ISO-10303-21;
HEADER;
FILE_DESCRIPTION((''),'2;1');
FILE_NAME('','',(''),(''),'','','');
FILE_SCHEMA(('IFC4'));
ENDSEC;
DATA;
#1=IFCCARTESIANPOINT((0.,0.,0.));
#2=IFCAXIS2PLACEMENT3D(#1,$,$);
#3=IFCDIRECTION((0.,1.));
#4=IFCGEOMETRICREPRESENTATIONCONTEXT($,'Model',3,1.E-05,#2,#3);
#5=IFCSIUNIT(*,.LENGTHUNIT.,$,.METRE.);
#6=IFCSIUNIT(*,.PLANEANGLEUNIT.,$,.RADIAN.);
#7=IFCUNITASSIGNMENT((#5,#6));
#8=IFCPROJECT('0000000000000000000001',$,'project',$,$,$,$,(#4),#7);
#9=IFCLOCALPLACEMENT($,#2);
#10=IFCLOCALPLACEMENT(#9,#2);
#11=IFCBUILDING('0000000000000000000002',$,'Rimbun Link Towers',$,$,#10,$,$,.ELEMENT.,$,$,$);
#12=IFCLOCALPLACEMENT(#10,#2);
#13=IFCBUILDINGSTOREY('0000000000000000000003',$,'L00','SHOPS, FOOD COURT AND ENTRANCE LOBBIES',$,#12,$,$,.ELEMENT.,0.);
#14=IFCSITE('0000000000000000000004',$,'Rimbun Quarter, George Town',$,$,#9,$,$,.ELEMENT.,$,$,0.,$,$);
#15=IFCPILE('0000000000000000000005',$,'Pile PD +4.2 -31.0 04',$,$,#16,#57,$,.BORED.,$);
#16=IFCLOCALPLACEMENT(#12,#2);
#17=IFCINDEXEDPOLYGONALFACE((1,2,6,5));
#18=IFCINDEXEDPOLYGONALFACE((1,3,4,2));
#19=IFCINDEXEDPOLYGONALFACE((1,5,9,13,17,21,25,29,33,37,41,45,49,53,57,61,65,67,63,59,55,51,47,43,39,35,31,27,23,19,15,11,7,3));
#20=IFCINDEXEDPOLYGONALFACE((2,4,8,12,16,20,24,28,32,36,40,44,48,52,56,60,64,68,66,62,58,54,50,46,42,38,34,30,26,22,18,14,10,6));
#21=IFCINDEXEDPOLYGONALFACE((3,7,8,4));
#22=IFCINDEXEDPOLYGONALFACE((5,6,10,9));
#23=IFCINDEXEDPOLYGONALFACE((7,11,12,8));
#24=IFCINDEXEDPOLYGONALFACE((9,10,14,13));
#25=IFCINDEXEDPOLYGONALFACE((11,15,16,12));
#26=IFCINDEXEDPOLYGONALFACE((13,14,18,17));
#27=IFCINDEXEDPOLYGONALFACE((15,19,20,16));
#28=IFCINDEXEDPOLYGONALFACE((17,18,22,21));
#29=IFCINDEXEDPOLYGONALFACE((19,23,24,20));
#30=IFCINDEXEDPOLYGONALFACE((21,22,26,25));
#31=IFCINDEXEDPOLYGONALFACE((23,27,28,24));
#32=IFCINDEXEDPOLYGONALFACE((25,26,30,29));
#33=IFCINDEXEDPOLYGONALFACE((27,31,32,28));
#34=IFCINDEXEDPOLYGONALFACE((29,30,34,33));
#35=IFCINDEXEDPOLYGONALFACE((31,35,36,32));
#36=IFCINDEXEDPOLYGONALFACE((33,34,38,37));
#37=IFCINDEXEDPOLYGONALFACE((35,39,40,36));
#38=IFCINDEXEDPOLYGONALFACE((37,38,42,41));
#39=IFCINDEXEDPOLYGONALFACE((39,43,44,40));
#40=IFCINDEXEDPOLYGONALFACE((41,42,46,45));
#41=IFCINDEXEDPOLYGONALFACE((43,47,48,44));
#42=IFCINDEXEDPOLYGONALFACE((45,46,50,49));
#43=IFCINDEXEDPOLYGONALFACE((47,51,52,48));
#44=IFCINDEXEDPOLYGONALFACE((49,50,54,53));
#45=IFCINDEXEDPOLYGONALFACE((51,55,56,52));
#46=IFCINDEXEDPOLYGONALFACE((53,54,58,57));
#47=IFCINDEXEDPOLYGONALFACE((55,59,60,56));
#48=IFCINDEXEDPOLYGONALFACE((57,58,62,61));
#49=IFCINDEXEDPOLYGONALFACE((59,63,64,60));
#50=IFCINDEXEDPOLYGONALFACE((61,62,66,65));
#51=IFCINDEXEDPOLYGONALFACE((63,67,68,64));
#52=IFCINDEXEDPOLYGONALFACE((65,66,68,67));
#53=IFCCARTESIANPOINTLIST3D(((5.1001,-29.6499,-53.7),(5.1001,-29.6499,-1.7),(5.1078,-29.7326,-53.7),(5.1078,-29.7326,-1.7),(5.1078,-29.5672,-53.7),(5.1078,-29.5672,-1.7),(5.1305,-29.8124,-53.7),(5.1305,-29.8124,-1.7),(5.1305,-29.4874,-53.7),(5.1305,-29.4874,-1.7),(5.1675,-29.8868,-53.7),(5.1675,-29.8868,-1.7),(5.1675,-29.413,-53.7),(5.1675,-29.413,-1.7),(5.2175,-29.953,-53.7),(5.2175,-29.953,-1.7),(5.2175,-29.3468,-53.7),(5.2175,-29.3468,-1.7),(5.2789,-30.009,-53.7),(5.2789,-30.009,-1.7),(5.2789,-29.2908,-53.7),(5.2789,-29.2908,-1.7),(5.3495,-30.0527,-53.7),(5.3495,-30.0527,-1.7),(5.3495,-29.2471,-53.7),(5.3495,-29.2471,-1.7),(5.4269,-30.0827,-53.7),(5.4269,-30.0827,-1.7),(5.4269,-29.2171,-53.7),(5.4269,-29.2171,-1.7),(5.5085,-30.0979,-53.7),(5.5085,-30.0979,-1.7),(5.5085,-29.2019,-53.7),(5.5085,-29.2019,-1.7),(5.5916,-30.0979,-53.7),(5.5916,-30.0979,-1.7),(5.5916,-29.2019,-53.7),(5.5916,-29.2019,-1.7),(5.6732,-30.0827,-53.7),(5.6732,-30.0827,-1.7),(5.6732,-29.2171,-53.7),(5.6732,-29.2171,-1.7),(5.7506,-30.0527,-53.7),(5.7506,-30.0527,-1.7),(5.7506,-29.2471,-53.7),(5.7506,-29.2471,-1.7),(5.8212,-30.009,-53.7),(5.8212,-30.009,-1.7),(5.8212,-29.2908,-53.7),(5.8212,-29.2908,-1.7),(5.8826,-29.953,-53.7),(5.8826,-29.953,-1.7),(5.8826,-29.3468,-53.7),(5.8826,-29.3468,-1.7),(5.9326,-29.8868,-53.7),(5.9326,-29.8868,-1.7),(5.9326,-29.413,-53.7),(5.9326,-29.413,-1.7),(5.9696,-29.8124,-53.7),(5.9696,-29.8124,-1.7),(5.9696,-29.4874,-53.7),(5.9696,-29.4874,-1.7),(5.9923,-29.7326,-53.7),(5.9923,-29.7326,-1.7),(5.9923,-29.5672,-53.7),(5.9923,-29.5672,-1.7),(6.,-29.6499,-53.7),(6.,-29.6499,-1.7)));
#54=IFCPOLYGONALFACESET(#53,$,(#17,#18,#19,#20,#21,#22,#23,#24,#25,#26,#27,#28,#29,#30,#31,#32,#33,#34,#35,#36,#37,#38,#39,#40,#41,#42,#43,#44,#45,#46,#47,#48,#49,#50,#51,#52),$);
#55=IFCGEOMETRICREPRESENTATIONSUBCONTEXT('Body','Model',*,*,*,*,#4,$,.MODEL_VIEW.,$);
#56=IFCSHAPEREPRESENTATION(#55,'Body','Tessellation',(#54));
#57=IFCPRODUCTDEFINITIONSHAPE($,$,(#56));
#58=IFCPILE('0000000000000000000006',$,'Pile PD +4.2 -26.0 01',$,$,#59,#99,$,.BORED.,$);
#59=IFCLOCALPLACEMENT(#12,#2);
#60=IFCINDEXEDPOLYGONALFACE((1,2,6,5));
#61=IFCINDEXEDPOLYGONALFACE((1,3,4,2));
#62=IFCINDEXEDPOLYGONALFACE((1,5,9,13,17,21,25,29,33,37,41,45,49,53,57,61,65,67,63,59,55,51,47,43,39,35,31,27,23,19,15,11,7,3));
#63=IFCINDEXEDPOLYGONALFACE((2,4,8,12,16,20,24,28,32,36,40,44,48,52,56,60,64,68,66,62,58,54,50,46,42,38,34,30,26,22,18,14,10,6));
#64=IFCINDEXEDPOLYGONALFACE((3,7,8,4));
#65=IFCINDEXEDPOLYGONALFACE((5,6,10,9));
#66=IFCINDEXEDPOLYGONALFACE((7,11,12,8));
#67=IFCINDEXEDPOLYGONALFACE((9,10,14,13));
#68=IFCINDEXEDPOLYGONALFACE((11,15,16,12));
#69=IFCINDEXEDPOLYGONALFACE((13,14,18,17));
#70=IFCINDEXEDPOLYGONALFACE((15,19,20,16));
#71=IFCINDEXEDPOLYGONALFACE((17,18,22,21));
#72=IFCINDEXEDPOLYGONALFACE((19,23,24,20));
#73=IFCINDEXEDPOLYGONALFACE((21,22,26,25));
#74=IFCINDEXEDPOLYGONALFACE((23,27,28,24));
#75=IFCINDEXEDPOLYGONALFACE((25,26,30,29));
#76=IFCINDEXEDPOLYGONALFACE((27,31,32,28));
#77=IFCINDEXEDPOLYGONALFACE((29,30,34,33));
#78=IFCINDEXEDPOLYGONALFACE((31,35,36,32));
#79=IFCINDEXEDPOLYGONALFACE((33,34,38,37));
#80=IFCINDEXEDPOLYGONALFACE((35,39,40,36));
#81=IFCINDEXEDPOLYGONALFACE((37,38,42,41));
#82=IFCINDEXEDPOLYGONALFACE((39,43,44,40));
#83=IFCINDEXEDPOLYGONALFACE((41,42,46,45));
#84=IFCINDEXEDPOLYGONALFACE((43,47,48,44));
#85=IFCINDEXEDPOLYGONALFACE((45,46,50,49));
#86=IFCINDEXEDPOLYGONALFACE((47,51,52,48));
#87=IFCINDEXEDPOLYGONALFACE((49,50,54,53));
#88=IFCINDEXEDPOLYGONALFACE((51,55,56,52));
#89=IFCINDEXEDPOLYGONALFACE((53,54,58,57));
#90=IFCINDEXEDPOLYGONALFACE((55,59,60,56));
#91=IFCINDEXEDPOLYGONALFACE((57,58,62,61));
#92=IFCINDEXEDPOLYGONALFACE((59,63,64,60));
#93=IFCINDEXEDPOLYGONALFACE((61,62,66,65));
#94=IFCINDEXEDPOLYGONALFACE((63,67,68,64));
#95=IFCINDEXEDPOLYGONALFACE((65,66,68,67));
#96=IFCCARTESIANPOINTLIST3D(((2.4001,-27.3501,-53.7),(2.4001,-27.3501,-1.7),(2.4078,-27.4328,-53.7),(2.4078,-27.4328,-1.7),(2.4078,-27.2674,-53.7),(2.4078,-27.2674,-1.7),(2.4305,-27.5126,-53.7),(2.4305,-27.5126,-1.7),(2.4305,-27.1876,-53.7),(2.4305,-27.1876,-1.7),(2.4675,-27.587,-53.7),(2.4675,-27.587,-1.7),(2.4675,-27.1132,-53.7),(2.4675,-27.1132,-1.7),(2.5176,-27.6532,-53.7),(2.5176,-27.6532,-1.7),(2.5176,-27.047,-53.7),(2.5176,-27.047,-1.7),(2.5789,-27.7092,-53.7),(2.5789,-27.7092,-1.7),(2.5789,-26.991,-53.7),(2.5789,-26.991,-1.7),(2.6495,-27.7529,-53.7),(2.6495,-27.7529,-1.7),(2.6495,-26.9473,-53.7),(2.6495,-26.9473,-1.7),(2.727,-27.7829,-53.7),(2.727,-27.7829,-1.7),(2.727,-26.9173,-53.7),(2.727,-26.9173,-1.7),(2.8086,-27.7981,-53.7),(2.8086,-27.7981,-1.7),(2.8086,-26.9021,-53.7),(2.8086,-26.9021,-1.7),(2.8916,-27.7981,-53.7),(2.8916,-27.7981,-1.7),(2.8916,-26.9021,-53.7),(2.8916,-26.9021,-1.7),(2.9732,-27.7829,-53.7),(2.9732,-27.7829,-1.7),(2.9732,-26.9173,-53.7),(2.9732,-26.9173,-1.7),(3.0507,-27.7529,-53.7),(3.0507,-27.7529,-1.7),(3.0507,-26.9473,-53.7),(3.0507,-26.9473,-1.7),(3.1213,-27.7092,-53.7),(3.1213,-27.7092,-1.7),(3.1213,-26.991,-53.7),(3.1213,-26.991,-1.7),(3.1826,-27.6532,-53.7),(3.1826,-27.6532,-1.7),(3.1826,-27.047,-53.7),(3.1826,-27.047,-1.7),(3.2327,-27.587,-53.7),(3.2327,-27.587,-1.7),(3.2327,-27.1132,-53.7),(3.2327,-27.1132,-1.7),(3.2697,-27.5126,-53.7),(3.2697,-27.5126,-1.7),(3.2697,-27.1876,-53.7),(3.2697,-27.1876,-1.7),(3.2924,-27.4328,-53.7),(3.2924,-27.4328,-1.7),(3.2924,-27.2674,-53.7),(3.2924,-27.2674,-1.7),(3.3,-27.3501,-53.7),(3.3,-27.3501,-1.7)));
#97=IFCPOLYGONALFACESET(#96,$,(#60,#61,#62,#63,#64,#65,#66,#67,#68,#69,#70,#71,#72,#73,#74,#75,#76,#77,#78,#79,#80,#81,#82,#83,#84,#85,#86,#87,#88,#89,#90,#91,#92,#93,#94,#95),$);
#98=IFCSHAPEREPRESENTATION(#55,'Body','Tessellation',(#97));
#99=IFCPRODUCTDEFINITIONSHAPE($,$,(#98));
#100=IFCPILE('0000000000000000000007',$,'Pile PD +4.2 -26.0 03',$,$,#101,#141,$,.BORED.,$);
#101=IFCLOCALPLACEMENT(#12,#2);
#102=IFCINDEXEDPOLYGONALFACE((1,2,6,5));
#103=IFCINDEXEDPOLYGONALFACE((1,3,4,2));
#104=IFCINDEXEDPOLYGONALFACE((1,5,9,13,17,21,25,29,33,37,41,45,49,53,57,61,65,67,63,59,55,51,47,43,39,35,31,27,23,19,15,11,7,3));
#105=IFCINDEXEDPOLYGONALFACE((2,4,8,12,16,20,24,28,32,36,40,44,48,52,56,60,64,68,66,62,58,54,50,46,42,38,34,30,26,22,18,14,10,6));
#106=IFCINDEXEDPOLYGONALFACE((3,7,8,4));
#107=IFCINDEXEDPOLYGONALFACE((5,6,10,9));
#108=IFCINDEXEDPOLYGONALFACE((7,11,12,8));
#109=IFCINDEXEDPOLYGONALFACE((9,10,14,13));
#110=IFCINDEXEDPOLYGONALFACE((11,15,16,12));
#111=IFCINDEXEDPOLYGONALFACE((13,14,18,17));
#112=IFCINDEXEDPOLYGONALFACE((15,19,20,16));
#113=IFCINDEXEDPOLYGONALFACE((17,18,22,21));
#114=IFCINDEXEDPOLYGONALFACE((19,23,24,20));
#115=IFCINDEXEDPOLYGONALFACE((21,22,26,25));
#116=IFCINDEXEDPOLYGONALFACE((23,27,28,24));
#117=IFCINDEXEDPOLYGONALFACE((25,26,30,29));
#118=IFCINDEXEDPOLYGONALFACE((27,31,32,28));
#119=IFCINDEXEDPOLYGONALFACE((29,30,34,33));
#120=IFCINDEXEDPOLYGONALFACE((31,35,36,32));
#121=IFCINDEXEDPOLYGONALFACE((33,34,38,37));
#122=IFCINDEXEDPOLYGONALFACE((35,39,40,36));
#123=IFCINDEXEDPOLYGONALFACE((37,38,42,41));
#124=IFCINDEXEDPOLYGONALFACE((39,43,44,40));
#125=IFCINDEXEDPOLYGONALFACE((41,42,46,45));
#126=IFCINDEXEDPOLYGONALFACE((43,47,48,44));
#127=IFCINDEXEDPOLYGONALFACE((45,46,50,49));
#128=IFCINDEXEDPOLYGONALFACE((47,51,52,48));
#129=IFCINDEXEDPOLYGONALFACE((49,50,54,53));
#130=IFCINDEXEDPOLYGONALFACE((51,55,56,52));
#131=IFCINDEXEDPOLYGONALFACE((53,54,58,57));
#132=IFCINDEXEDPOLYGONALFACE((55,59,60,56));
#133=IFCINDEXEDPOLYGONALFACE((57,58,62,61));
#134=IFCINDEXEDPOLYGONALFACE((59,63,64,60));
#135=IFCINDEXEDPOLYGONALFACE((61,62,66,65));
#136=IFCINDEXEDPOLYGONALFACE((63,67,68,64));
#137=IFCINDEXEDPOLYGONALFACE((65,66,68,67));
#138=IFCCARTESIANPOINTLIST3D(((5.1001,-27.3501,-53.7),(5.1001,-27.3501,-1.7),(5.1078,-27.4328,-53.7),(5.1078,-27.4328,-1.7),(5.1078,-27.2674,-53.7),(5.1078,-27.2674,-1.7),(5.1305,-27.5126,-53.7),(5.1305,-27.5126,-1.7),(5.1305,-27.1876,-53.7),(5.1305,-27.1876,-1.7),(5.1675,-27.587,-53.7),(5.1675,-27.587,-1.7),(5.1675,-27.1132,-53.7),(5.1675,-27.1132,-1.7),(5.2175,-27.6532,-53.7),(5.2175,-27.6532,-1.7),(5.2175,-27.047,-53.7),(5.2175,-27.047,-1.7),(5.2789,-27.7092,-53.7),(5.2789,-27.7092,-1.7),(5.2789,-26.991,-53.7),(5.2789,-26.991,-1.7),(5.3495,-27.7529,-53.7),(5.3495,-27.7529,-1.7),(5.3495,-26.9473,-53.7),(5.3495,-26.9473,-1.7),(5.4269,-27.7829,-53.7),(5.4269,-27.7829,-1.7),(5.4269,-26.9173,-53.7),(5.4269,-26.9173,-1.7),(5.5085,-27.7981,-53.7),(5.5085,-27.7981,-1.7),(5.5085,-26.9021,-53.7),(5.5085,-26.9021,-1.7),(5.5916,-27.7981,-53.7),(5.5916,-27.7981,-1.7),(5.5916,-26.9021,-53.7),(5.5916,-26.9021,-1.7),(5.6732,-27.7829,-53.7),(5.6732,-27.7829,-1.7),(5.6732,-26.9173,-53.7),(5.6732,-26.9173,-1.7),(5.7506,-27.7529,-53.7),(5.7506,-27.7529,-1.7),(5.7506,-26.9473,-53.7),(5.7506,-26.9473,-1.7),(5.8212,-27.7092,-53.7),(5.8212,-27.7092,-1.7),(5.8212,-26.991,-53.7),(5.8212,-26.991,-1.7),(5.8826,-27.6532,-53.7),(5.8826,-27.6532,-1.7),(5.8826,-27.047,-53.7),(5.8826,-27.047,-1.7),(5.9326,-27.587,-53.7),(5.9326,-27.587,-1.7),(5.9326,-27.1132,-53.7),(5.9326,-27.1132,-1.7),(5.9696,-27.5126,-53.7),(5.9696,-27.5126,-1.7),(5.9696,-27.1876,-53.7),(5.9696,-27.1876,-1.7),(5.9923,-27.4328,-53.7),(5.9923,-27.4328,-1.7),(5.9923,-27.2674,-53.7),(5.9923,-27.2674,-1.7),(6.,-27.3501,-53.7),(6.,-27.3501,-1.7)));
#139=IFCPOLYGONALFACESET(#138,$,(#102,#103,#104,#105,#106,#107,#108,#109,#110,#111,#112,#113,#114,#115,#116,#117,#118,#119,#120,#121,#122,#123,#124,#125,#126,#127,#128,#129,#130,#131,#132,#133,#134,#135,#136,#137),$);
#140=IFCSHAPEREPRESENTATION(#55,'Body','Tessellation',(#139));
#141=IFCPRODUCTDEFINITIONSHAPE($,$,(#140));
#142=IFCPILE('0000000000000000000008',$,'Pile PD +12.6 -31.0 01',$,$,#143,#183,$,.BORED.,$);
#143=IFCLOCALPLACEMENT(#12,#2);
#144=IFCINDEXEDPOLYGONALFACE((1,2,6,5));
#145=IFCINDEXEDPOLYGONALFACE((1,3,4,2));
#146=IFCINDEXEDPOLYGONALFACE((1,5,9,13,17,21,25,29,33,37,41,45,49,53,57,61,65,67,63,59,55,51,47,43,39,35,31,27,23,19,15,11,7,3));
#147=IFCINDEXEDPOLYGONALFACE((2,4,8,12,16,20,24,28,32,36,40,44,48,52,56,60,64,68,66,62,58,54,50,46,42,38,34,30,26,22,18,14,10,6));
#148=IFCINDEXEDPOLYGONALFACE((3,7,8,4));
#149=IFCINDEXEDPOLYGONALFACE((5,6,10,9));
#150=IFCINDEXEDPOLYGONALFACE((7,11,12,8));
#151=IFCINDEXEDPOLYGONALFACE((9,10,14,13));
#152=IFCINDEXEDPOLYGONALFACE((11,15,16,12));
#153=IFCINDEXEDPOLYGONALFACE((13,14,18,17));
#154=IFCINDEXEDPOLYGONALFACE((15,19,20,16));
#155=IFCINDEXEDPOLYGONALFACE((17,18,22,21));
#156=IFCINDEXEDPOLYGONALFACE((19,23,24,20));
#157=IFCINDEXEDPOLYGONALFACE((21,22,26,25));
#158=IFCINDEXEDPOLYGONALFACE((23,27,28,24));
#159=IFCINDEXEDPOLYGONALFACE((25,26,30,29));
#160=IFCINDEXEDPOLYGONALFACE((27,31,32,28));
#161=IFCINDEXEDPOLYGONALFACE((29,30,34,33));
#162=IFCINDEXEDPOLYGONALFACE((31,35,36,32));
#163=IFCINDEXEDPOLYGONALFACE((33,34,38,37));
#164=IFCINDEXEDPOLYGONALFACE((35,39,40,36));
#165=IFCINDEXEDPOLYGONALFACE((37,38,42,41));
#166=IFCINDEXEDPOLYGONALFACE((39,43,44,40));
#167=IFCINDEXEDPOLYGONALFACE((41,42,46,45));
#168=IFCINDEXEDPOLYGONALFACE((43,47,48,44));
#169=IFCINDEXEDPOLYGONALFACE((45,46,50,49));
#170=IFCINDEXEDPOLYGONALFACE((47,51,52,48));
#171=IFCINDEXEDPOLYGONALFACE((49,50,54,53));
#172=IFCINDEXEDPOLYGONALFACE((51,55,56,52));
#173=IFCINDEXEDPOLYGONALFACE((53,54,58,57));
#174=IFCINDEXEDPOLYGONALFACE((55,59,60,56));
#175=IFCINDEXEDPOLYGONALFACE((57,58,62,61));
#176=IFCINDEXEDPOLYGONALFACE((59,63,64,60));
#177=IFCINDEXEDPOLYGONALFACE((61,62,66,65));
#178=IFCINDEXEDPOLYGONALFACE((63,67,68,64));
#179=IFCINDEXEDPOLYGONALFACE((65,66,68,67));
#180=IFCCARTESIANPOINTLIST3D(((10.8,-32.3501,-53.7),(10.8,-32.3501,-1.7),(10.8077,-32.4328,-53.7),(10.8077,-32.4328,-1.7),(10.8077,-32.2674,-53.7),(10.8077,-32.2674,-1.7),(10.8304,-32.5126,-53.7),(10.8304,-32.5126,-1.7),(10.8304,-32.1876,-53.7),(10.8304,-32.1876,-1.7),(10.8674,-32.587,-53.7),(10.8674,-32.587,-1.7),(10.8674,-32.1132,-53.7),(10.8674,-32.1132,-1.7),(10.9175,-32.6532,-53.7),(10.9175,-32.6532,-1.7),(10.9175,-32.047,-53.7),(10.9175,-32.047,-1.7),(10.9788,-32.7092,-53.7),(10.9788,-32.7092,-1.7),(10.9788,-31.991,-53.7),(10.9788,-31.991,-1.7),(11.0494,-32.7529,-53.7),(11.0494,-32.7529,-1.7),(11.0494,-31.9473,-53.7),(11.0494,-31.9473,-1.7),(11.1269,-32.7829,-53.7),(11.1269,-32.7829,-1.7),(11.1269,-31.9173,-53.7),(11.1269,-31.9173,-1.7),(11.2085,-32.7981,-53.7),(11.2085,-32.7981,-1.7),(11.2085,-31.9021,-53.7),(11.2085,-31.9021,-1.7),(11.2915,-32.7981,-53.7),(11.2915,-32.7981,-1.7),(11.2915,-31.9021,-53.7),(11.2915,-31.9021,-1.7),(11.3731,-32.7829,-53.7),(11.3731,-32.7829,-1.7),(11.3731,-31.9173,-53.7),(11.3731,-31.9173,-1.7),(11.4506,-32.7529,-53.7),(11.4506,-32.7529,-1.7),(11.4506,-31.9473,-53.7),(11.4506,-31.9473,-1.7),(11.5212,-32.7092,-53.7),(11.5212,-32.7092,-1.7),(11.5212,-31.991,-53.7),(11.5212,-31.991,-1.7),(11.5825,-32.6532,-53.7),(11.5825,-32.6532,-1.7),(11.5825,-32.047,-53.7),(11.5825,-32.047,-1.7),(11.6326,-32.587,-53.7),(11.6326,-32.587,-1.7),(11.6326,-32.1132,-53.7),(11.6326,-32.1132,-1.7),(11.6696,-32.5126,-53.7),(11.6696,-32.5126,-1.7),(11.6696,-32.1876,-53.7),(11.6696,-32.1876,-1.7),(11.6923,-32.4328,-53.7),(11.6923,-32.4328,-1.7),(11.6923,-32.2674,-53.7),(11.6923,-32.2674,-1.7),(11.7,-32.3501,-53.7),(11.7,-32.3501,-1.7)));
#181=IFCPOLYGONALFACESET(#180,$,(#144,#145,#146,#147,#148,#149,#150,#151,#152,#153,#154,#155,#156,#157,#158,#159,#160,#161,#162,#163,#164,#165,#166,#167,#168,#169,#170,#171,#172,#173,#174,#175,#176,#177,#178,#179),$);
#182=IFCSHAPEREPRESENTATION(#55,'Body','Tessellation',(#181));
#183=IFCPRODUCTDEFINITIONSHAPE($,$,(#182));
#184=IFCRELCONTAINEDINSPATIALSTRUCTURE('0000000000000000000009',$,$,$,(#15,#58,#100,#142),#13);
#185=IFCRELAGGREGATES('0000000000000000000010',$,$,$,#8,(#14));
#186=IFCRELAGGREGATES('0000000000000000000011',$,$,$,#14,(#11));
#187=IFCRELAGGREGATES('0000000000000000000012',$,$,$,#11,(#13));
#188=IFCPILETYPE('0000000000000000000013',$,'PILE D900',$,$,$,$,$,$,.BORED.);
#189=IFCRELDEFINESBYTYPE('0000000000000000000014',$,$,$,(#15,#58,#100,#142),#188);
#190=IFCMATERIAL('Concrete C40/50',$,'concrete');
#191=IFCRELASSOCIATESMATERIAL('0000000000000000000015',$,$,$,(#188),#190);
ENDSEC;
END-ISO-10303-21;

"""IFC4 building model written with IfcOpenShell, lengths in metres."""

from ifc_helpers import new_model, si_unit, direction, frame, origin, origin_2d, place, context, subcontext, project, spatial, circle, extrude, material, material_profile, profile_set, type_object, element, save


model = new_model("IFC4")

# Units and contexts
model_context = context("Model", 3, precision=1e-05, world=origin(), true_north=direction((0.0, 1.0)))
body_context = subcontext(model_context, "Body", "Model", "MODEL_VIEW")
ifc_project = project(units=[si_unit("LENGTHUNIT", "METRE"), si_unit("PLANEANGLEUNIT", "RADIAN")], contexts=[model_context])

# Site, building, storey
site_placement = place(None, origin())
site = spatial("IfcSite", under=ifc_project, at=site_placement, Name="Rimbun Quarter, George Town", CompositionType="ELEMENT", RefElevation=0.0)
building_placement = place(site_placement, origin())
building = spatial("IfcBuilding", under=site, at=building_placement, Name="Rimbun Link Towers", CompositionType="ELEMENT")
storey_placement = place(building_placement, origin())
storey = spatial("IfcBuildingStorey", under=building, at=storey_placement, Name="L00", Description="SHOPS, FOOD COURT AND ENTRANCE LOBBIES", CompositionType="ELEMENT", Elevation=0.0)

# Piles
ifc_material_1 = material(Name="Concrete C40/50", Category="concrete")
ifc_material_profile_1 = material_profile(ifc_material_1, circle(Radius=0.45, at=origin_2d()), Name="PILE D900")
ifc_profile_set_1 = profile_set([ifc_material_profile_1], Name="Concrete C40/50")
pile_type = type_object("IfcPileType", Name="PILE D900", PredefinedType="BORED", material=ifc_profile_set_1)
for number, where, z_axis, x_axis, name in (
    (1, (5.55, -29.6499, -1.7), (0.0, 0.0, -1.0), (1.0, 0.0, 0.0), "Pile PD +4.2 -31.0 04"),
    (2, (2.8501, -27.3501, -1.7), (0.0, 0.0, -1.0), (1.0, 0.0, 0.0), "Pile PD +4.2 -26.0 01"),
    (3, (5.55, -27.3501, -1.7), (0.0, 0.0, -1.0), (1.0, 0.0, 0.0), "Pile PD +4.2 -26.0 03"),
    (4, (11.25, -32.3501, -1.7), (0.0, 0.0, -1.0), (1.0, 0.0, 0.0), "Pile PD +12.6 -31.0 01"),
):
    element("IfcPile", number, at=place(storey_placement, frame(where, z_axis=z_axis, x_axis=x_axis)), inside=storey, type_object=pile_type, Name=name, PredefinedType="BORED", context=body_context, shape_type="SweptSolid", body=[
        extrude(circle(Radius=0.45, at=origin_2d()), origin(), (0.0, 0.0, 1.0), 52.0),
    ])

save(model, "model.ifc")
